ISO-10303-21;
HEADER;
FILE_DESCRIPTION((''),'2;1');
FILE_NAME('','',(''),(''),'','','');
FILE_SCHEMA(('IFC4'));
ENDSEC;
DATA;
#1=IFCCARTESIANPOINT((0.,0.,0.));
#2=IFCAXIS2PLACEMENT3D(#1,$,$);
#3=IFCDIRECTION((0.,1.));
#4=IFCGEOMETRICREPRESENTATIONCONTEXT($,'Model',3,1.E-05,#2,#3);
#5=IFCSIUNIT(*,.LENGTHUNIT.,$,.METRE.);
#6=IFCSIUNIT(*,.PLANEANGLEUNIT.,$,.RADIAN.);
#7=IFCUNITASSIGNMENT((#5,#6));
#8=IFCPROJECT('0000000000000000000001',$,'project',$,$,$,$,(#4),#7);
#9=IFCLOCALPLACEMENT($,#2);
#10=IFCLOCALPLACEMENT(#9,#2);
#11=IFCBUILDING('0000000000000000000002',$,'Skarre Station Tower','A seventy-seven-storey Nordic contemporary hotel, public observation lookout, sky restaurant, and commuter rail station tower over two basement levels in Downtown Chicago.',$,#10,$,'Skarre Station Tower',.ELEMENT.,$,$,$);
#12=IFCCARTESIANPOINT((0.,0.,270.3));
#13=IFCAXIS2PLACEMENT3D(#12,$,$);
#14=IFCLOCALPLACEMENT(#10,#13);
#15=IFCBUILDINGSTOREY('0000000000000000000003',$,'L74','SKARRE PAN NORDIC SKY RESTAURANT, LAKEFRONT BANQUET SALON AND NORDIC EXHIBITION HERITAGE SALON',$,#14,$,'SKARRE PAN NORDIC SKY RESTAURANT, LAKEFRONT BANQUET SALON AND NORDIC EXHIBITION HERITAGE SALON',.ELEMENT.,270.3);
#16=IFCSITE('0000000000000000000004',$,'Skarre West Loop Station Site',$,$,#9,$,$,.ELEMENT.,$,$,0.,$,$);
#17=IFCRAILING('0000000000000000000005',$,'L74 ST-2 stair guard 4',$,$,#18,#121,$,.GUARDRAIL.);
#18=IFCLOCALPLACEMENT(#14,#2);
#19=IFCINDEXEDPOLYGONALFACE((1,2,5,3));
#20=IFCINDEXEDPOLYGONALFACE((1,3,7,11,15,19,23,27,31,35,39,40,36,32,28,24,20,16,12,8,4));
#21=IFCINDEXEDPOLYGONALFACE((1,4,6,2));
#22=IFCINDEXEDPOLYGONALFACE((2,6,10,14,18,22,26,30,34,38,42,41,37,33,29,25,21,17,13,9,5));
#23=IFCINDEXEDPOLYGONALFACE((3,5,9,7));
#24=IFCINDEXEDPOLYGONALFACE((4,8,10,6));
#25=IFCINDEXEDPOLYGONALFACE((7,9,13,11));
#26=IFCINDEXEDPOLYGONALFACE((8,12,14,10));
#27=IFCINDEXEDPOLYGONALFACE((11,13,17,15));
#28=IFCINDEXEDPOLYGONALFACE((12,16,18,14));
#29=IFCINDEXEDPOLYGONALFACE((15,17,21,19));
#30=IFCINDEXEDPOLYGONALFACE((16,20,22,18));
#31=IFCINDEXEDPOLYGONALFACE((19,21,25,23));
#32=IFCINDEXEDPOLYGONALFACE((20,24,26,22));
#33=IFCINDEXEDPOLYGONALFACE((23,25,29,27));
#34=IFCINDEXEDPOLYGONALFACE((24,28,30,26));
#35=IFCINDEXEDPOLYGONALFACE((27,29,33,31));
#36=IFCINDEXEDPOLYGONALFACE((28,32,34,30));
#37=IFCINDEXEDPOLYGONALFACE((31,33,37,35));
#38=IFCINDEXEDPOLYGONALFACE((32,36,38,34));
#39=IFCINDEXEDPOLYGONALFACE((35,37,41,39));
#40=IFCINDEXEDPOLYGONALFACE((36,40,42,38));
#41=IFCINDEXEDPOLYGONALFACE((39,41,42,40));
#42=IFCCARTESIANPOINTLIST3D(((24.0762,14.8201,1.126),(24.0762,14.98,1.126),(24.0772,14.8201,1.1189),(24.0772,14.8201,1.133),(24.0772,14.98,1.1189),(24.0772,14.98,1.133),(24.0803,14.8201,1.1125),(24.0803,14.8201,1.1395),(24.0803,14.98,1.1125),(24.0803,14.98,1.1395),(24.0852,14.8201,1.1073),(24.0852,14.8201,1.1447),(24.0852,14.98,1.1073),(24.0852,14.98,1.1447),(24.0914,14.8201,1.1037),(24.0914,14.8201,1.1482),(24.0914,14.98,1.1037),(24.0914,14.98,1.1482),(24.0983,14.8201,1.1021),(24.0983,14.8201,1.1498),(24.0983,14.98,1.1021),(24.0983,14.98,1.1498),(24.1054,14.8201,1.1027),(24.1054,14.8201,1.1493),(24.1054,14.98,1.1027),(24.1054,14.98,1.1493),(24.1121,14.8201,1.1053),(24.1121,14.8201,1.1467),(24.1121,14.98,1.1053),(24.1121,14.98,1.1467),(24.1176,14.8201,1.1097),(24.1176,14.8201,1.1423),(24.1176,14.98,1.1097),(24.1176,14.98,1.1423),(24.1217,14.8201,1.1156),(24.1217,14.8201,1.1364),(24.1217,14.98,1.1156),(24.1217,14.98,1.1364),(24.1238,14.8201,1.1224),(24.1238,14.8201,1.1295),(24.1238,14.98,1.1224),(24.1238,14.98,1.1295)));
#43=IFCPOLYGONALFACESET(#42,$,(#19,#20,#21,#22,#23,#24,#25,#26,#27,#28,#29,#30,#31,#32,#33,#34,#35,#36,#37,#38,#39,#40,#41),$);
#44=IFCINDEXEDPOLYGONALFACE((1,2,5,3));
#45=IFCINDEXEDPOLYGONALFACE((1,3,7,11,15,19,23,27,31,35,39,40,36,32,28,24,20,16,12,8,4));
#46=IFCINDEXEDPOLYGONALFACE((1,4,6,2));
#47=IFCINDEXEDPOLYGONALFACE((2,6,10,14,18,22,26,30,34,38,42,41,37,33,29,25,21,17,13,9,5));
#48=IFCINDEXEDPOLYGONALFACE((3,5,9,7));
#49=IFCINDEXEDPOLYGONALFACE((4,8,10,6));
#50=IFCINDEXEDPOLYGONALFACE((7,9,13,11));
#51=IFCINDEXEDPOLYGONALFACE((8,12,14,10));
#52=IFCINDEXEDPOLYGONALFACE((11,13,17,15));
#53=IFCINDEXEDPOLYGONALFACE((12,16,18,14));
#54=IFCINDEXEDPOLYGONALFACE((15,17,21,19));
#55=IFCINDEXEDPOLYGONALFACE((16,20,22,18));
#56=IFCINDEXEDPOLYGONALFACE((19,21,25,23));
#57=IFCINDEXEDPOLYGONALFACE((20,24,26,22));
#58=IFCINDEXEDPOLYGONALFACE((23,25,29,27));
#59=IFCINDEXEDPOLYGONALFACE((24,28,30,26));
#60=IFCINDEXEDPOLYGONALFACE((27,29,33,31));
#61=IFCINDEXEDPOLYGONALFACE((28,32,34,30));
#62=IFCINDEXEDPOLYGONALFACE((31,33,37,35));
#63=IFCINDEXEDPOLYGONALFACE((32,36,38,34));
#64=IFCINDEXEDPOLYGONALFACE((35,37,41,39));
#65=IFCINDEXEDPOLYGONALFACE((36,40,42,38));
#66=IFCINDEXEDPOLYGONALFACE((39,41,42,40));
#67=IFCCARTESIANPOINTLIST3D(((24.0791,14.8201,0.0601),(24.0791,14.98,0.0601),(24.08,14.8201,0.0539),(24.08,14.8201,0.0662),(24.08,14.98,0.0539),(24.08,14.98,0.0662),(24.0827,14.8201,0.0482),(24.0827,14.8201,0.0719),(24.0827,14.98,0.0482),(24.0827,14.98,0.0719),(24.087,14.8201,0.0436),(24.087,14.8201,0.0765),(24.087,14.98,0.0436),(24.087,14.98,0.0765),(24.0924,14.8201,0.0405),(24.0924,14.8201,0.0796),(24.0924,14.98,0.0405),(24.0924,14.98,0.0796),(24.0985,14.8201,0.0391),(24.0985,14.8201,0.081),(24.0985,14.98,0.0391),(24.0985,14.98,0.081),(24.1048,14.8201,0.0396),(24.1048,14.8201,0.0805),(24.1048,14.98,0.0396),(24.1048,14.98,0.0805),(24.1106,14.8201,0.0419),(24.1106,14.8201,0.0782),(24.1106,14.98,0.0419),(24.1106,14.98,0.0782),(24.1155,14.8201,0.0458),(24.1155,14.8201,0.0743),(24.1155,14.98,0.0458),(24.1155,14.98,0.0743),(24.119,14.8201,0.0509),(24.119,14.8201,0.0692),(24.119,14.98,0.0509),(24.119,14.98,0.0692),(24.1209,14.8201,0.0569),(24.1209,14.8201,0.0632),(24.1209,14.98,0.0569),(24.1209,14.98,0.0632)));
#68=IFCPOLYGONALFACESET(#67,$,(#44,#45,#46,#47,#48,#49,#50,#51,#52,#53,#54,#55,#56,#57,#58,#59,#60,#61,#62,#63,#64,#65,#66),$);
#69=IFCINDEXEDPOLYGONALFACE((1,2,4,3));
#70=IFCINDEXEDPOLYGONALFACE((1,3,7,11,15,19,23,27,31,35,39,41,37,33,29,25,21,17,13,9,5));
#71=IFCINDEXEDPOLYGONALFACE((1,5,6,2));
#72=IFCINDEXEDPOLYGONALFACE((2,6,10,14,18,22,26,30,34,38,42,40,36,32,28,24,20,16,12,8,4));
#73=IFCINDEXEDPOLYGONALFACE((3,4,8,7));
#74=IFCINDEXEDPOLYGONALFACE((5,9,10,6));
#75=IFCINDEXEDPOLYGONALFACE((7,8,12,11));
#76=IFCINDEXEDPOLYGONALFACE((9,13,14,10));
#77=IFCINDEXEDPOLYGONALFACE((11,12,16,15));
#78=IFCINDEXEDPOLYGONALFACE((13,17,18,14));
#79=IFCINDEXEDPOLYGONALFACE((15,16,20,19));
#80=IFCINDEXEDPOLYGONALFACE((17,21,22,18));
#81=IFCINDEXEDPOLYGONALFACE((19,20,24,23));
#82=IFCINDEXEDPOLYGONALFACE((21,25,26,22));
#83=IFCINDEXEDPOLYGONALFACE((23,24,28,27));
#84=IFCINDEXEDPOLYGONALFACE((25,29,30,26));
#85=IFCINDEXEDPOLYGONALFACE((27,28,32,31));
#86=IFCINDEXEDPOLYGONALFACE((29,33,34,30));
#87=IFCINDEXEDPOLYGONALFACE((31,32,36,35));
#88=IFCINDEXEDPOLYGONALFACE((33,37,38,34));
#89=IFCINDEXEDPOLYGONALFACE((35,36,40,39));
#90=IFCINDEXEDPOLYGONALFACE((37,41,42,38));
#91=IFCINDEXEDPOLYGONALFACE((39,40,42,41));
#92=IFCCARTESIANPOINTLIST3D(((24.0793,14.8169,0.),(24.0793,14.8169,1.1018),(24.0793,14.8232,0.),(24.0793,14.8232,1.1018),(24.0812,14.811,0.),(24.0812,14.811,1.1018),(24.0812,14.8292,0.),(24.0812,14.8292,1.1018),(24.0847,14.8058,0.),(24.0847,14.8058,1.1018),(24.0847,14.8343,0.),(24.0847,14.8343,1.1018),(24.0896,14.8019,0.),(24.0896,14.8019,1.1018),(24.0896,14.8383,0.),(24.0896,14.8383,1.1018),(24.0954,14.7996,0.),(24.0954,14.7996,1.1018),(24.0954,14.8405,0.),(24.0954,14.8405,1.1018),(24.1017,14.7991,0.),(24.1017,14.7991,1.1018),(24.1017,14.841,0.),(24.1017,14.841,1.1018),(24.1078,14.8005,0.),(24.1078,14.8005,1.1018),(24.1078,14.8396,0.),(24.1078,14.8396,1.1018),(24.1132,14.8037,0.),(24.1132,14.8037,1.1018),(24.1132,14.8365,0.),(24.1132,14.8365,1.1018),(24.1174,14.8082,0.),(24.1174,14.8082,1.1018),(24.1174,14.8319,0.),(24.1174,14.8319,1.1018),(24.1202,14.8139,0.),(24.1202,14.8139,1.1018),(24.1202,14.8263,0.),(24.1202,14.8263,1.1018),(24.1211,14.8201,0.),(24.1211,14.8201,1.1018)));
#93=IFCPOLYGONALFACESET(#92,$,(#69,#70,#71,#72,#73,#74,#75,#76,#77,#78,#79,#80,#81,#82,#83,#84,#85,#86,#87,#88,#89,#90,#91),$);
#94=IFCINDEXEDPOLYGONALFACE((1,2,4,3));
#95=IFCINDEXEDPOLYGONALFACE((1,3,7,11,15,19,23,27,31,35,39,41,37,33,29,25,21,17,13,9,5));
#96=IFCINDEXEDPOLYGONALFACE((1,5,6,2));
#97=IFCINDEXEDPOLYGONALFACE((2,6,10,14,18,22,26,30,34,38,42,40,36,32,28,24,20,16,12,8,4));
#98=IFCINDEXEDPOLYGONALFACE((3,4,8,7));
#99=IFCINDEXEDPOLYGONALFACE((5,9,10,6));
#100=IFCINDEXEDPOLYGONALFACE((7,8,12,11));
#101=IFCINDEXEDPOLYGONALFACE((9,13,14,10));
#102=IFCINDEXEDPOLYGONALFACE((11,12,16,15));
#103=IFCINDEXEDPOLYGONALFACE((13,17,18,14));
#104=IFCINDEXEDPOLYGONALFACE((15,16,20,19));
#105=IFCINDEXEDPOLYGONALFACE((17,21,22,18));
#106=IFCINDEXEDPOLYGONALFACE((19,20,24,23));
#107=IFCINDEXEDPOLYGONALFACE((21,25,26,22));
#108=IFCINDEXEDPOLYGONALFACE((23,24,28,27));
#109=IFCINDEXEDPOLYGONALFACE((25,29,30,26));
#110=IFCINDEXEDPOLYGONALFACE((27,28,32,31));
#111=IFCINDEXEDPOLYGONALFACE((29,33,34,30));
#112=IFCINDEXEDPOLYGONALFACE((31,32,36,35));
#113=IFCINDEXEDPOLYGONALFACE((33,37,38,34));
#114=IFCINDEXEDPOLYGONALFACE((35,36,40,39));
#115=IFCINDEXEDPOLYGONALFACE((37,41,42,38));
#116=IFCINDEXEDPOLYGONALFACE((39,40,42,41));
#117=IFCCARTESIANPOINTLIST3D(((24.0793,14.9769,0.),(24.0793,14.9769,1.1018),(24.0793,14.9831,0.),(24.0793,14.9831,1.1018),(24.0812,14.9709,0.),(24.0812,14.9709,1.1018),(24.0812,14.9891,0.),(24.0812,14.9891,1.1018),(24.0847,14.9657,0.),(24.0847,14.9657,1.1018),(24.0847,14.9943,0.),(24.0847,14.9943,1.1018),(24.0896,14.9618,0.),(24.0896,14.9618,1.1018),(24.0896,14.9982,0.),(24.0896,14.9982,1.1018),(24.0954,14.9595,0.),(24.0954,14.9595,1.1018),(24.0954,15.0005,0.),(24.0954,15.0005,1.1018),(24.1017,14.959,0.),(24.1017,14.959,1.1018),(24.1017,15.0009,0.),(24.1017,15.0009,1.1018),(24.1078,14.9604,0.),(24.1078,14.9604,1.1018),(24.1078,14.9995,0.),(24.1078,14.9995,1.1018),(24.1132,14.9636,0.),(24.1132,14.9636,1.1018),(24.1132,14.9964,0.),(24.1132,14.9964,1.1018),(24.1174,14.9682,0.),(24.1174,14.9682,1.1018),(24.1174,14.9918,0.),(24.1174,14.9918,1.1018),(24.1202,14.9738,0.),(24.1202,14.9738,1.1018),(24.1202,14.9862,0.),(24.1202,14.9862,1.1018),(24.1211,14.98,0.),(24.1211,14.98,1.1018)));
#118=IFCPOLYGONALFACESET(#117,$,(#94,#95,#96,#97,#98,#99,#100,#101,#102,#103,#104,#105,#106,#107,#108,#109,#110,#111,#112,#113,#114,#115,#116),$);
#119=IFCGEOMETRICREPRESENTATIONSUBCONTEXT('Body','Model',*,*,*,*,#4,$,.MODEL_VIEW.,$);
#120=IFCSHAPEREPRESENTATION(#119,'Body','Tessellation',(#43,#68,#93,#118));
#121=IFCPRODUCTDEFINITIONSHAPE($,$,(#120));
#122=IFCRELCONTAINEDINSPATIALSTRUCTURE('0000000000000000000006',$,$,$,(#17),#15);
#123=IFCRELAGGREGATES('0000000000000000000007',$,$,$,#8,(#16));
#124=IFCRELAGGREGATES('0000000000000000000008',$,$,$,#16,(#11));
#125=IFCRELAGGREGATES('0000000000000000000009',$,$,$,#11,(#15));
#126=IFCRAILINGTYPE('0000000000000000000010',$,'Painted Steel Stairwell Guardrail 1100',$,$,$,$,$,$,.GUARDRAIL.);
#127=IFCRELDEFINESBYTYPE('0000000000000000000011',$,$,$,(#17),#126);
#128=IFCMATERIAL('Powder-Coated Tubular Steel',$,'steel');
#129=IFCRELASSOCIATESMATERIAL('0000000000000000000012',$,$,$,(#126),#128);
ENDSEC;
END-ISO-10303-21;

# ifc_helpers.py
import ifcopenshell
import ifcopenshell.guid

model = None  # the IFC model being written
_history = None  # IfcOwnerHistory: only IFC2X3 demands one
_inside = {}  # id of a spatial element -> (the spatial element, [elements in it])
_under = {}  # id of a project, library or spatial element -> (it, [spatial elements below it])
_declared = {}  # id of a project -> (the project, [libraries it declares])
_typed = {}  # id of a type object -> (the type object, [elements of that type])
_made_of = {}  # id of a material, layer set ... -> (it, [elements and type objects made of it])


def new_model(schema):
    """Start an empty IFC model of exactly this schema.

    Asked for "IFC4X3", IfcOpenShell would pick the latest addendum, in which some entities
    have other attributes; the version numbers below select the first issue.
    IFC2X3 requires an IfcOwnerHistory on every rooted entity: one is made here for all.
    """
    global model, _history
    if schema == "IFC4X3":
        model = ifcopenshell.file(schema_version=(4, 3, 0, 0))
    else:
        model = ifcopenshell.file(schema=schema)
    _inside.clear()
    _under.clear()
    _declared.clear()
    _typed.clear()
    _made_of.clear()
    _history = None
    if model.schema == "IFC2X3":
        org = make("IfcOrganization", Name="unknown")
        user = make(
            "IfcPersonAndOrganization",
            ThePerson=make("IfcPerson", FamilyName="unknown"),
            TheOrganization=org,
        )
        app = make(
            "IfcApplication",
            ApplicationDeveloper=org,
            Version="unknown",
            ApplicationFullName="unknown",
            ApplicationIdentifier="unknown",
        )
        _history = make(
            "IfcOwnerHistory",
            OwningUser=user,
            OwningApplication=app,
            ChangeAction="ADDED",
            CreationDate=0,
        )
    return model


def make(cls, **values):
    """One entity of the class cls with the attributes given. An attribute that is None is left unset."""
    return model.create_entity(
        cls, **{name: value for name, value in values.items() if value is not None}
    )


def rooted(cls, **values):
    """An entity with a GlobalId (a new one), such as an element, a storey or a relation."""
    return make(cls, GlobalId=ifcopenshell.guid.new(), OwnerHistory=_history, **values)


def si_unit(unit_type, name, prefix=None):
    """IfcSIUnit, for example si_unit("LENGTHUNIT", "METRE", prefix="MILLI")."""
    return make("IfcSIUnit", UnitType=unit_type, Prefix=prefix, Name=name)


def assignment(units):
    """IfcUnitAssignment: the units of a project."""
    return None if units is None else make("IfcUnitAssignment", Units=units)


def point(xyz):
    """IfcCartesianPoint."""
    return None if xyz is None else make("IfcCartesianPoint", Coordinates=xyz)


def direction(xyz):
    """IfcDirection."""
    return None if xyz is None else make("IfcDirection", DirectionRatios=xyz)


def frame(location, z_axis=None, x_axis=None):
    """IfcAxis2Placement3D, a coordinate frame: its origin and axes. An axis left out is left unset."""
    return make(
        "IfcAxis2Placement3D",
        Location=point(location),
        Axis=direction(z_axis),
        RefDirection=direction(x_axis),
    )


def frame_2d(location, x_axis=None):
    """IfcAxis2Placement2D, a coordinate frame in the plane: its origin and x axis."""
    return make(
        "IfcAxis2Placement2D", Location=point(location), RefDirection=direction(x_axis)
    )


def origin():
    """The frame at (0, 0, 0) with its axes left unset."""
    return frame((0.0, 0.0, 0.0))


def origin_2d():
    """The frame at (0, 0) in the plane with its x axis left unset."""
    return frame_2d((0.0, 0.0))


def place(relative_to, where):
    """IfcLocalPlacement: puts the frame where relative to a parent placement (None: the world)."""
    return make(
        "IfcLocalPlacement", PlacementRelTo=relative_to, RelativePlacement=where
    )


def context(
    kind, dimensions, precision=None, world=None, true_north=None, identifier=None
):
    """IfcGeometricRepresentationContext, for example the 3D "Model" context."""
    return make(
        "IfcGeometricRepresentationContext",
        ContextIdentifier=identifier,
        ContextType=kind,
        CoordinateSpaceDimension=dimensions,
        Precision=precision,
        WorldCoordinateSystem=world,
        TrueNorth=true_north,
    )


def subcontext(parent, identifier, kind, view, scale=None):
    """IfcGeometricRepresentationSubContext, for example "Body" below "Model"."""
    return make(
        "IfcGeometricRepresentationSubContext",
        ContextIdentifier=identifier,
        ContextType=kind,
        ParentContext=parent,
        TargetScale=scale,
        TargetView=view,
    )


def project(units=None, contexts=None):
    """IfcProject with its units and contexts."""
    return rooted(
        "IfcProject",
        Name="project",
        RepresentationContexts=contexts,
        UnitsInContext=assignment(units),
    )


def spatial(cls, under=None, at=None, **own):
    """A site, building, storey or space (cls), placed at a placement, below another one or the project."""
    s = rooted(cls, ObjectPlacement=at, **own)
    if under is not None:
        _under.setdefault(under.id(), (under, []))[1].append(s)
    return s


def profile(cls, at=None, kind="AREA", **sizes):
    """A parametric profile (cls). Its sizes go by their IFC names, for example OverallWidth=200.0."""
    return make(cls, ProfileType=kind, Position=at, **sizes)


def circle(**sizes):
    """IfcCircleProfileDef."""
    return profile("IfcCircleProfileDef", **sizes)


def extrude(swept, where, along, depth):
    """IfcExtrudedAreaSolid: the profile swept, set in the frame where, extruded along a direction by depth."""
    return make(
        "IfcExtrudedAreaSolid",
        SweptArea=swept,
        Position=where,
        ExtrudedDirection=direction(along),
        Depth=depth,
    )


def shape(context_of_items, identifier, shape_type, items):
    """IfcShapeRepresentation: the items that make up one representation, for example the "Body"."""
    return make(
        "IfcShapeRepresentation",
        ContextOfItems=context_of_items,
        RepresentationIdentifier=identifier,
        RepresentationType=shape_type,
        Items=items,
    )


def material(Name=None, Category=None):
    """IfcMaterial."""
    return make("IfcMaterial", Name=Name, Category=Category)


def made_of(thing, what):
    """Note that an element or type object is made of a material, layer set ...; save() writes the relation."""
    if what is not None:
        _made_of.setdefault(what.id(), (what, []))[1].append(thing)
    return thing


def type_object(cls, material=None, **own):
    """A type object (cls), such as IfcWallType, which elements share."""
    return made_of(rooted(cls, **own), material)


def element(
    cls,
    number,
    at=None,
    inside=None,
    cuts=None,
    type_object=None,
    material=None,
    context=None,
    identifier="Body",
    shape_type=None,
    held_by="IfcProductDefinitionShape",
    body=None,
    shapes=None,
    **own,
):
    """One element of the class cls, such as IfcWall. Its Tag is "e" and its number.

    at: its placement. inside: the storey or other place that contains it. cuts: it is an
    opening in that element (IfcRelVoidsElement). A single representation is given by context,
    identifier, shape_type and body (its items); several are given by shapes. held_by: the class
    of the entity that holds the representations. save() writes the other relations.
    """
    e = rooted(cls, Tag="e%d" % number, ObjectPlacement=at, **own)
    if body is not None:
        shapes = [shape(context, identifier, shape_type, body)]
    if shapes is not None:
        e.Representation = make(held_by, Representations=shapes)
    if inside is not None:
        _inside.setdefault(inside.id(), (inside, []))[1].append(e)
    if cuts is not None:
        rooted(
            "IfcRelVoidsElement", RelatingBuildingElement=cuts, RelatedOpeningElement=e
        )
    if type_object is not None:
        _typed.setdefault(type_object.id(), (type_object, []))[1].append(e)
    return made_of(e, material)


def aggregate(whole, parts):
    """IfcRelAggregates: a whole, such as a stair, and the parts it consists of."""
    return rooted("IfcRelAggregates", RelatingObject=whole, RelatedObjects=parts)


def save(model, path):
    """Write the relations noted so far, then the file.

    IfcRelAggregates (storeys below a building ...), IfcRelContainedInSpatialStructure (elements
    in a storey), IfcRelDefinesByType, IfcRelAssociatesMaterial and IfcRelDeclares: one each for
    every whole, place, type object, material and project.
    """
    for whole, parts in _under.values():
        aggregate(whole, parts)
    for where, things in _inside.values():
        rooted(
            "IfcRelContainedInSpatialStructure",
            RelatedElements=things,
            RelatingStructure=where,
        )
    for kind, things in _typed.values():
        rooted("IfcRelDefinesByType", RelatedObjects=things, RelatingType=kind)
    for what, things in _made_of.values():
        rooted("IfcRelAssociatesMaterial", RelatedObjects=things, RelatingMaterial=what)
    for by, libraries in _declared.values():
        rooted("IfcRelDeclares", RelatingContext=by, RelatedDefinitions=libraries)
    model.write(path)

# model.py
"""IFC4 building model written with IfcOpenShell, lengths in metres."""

from ifc_helpers import new_model, si_unit, direction, frame, origin, origin_2d, place, context, subcontext, project, spatial, circle, extrude, material, type_object, element, save


model = new_model("IFC4")

# Units and contexts
model_context = context("Model", 3, precision=1e-05, world=origin(), true_north=direction((0.0, 1.0)))
body_context = subcontext(model_context, "Body", "Model", "MODEL_VIEW")
ifc_project = project(units=[si_unit("LENGTHUNIT", "METRE"), si_unit("PLANEANGLEUNIT", "RADIAN")], contexts=[model_context])

# Site, building, storey
site_placement = place(None, origin())
site = spatial("IfcSite", under=ifc_project, at=site_placement, Name="Skarre West Loop Station Site", CompositionType="ELEMENT", RefElevation=0.0)
building_placement = place(site_placement, origin())
building = spatial("IfcBuilding", under=site, at=building_placement, Name="Skarre Station Tower", Description="A seventy-seven-storey Nordic contemporary hotel, public observation lookout, sky restaurant, and commuter rail station tower over two basement levels in Downtown Chicago.", LongName="Skarre Station Tower", CompositionType="ELEMENT")
storey_placement = place(building_placement, frame((0.0, 0.0, 270.3)))
storey = spatial("IfcBuildingStorey", under=building, at=storey_placement, Name="L74", Description="SKARRE PAN NORDIC SKY RESTAURANT, LAKEFRONT BANQUET SALON AND NORDIC EXHIBITION HERITAGE SALON", LongName="SKARRE PAN NORDIC SKY RESTAURANT, LAKEFRONT BANQUET SALON AND NORDIC EXHIBITION HERITAGE SALON", CompositionType="ELEMENT", Elevation=270.3)

# Railing
ifc_material_1 = material(Name="Powder-Coated Tubular Steel", Category="steel")
railing_type_1 = type_object("IfcRailingType", Name="Painted Steel Stairwell Guardrail 1100", PredefinedType="GUARDRAIL", material=ifc_material_1)
railing_1_placement = place(storey_placement, frame((24.1001, 14.8201, 0.0)))
element("IfcRailing", 1, at=railing_1_placement, inside=storey, type_object=railing_type_1, Name="L74 ST-2 stair guard 4", PredefinedType="GUARDRAIL", context=body_context, shape_type="SweptSolid", body=[
    extrude(circle(Radius=0.0239, at=origin_2d()), frame((0.0, 0.0, 1.126), z_axis=(0.0, 1.0, 0.0), x_axis=(-1.0, 0.0, 0.0)), (0.0, 0.0, 1.0), 0.1599),
    extrude(circle(Radius=0.021, at=origin_2d()), frame((0.0, 0.0, 0.0601), z_axis=(0.0, 1.0, 0.0), x_axis=(-1.0, 0.0, 0.0)), (0.0, 0.0, 1.0), 0.1599),
    extrude(circle(Radius=0.021, at=origin_2d()), origin(), (0.0, 0.0, 1.0), 1.1018),
    extrude(circle(Radius=0.021, at=origin_2d()), frame((0.0, 0.1599, 0.0)), (0.0, 0.0, 1.0), 1.1018),
])

save(model, "model.ifc")
